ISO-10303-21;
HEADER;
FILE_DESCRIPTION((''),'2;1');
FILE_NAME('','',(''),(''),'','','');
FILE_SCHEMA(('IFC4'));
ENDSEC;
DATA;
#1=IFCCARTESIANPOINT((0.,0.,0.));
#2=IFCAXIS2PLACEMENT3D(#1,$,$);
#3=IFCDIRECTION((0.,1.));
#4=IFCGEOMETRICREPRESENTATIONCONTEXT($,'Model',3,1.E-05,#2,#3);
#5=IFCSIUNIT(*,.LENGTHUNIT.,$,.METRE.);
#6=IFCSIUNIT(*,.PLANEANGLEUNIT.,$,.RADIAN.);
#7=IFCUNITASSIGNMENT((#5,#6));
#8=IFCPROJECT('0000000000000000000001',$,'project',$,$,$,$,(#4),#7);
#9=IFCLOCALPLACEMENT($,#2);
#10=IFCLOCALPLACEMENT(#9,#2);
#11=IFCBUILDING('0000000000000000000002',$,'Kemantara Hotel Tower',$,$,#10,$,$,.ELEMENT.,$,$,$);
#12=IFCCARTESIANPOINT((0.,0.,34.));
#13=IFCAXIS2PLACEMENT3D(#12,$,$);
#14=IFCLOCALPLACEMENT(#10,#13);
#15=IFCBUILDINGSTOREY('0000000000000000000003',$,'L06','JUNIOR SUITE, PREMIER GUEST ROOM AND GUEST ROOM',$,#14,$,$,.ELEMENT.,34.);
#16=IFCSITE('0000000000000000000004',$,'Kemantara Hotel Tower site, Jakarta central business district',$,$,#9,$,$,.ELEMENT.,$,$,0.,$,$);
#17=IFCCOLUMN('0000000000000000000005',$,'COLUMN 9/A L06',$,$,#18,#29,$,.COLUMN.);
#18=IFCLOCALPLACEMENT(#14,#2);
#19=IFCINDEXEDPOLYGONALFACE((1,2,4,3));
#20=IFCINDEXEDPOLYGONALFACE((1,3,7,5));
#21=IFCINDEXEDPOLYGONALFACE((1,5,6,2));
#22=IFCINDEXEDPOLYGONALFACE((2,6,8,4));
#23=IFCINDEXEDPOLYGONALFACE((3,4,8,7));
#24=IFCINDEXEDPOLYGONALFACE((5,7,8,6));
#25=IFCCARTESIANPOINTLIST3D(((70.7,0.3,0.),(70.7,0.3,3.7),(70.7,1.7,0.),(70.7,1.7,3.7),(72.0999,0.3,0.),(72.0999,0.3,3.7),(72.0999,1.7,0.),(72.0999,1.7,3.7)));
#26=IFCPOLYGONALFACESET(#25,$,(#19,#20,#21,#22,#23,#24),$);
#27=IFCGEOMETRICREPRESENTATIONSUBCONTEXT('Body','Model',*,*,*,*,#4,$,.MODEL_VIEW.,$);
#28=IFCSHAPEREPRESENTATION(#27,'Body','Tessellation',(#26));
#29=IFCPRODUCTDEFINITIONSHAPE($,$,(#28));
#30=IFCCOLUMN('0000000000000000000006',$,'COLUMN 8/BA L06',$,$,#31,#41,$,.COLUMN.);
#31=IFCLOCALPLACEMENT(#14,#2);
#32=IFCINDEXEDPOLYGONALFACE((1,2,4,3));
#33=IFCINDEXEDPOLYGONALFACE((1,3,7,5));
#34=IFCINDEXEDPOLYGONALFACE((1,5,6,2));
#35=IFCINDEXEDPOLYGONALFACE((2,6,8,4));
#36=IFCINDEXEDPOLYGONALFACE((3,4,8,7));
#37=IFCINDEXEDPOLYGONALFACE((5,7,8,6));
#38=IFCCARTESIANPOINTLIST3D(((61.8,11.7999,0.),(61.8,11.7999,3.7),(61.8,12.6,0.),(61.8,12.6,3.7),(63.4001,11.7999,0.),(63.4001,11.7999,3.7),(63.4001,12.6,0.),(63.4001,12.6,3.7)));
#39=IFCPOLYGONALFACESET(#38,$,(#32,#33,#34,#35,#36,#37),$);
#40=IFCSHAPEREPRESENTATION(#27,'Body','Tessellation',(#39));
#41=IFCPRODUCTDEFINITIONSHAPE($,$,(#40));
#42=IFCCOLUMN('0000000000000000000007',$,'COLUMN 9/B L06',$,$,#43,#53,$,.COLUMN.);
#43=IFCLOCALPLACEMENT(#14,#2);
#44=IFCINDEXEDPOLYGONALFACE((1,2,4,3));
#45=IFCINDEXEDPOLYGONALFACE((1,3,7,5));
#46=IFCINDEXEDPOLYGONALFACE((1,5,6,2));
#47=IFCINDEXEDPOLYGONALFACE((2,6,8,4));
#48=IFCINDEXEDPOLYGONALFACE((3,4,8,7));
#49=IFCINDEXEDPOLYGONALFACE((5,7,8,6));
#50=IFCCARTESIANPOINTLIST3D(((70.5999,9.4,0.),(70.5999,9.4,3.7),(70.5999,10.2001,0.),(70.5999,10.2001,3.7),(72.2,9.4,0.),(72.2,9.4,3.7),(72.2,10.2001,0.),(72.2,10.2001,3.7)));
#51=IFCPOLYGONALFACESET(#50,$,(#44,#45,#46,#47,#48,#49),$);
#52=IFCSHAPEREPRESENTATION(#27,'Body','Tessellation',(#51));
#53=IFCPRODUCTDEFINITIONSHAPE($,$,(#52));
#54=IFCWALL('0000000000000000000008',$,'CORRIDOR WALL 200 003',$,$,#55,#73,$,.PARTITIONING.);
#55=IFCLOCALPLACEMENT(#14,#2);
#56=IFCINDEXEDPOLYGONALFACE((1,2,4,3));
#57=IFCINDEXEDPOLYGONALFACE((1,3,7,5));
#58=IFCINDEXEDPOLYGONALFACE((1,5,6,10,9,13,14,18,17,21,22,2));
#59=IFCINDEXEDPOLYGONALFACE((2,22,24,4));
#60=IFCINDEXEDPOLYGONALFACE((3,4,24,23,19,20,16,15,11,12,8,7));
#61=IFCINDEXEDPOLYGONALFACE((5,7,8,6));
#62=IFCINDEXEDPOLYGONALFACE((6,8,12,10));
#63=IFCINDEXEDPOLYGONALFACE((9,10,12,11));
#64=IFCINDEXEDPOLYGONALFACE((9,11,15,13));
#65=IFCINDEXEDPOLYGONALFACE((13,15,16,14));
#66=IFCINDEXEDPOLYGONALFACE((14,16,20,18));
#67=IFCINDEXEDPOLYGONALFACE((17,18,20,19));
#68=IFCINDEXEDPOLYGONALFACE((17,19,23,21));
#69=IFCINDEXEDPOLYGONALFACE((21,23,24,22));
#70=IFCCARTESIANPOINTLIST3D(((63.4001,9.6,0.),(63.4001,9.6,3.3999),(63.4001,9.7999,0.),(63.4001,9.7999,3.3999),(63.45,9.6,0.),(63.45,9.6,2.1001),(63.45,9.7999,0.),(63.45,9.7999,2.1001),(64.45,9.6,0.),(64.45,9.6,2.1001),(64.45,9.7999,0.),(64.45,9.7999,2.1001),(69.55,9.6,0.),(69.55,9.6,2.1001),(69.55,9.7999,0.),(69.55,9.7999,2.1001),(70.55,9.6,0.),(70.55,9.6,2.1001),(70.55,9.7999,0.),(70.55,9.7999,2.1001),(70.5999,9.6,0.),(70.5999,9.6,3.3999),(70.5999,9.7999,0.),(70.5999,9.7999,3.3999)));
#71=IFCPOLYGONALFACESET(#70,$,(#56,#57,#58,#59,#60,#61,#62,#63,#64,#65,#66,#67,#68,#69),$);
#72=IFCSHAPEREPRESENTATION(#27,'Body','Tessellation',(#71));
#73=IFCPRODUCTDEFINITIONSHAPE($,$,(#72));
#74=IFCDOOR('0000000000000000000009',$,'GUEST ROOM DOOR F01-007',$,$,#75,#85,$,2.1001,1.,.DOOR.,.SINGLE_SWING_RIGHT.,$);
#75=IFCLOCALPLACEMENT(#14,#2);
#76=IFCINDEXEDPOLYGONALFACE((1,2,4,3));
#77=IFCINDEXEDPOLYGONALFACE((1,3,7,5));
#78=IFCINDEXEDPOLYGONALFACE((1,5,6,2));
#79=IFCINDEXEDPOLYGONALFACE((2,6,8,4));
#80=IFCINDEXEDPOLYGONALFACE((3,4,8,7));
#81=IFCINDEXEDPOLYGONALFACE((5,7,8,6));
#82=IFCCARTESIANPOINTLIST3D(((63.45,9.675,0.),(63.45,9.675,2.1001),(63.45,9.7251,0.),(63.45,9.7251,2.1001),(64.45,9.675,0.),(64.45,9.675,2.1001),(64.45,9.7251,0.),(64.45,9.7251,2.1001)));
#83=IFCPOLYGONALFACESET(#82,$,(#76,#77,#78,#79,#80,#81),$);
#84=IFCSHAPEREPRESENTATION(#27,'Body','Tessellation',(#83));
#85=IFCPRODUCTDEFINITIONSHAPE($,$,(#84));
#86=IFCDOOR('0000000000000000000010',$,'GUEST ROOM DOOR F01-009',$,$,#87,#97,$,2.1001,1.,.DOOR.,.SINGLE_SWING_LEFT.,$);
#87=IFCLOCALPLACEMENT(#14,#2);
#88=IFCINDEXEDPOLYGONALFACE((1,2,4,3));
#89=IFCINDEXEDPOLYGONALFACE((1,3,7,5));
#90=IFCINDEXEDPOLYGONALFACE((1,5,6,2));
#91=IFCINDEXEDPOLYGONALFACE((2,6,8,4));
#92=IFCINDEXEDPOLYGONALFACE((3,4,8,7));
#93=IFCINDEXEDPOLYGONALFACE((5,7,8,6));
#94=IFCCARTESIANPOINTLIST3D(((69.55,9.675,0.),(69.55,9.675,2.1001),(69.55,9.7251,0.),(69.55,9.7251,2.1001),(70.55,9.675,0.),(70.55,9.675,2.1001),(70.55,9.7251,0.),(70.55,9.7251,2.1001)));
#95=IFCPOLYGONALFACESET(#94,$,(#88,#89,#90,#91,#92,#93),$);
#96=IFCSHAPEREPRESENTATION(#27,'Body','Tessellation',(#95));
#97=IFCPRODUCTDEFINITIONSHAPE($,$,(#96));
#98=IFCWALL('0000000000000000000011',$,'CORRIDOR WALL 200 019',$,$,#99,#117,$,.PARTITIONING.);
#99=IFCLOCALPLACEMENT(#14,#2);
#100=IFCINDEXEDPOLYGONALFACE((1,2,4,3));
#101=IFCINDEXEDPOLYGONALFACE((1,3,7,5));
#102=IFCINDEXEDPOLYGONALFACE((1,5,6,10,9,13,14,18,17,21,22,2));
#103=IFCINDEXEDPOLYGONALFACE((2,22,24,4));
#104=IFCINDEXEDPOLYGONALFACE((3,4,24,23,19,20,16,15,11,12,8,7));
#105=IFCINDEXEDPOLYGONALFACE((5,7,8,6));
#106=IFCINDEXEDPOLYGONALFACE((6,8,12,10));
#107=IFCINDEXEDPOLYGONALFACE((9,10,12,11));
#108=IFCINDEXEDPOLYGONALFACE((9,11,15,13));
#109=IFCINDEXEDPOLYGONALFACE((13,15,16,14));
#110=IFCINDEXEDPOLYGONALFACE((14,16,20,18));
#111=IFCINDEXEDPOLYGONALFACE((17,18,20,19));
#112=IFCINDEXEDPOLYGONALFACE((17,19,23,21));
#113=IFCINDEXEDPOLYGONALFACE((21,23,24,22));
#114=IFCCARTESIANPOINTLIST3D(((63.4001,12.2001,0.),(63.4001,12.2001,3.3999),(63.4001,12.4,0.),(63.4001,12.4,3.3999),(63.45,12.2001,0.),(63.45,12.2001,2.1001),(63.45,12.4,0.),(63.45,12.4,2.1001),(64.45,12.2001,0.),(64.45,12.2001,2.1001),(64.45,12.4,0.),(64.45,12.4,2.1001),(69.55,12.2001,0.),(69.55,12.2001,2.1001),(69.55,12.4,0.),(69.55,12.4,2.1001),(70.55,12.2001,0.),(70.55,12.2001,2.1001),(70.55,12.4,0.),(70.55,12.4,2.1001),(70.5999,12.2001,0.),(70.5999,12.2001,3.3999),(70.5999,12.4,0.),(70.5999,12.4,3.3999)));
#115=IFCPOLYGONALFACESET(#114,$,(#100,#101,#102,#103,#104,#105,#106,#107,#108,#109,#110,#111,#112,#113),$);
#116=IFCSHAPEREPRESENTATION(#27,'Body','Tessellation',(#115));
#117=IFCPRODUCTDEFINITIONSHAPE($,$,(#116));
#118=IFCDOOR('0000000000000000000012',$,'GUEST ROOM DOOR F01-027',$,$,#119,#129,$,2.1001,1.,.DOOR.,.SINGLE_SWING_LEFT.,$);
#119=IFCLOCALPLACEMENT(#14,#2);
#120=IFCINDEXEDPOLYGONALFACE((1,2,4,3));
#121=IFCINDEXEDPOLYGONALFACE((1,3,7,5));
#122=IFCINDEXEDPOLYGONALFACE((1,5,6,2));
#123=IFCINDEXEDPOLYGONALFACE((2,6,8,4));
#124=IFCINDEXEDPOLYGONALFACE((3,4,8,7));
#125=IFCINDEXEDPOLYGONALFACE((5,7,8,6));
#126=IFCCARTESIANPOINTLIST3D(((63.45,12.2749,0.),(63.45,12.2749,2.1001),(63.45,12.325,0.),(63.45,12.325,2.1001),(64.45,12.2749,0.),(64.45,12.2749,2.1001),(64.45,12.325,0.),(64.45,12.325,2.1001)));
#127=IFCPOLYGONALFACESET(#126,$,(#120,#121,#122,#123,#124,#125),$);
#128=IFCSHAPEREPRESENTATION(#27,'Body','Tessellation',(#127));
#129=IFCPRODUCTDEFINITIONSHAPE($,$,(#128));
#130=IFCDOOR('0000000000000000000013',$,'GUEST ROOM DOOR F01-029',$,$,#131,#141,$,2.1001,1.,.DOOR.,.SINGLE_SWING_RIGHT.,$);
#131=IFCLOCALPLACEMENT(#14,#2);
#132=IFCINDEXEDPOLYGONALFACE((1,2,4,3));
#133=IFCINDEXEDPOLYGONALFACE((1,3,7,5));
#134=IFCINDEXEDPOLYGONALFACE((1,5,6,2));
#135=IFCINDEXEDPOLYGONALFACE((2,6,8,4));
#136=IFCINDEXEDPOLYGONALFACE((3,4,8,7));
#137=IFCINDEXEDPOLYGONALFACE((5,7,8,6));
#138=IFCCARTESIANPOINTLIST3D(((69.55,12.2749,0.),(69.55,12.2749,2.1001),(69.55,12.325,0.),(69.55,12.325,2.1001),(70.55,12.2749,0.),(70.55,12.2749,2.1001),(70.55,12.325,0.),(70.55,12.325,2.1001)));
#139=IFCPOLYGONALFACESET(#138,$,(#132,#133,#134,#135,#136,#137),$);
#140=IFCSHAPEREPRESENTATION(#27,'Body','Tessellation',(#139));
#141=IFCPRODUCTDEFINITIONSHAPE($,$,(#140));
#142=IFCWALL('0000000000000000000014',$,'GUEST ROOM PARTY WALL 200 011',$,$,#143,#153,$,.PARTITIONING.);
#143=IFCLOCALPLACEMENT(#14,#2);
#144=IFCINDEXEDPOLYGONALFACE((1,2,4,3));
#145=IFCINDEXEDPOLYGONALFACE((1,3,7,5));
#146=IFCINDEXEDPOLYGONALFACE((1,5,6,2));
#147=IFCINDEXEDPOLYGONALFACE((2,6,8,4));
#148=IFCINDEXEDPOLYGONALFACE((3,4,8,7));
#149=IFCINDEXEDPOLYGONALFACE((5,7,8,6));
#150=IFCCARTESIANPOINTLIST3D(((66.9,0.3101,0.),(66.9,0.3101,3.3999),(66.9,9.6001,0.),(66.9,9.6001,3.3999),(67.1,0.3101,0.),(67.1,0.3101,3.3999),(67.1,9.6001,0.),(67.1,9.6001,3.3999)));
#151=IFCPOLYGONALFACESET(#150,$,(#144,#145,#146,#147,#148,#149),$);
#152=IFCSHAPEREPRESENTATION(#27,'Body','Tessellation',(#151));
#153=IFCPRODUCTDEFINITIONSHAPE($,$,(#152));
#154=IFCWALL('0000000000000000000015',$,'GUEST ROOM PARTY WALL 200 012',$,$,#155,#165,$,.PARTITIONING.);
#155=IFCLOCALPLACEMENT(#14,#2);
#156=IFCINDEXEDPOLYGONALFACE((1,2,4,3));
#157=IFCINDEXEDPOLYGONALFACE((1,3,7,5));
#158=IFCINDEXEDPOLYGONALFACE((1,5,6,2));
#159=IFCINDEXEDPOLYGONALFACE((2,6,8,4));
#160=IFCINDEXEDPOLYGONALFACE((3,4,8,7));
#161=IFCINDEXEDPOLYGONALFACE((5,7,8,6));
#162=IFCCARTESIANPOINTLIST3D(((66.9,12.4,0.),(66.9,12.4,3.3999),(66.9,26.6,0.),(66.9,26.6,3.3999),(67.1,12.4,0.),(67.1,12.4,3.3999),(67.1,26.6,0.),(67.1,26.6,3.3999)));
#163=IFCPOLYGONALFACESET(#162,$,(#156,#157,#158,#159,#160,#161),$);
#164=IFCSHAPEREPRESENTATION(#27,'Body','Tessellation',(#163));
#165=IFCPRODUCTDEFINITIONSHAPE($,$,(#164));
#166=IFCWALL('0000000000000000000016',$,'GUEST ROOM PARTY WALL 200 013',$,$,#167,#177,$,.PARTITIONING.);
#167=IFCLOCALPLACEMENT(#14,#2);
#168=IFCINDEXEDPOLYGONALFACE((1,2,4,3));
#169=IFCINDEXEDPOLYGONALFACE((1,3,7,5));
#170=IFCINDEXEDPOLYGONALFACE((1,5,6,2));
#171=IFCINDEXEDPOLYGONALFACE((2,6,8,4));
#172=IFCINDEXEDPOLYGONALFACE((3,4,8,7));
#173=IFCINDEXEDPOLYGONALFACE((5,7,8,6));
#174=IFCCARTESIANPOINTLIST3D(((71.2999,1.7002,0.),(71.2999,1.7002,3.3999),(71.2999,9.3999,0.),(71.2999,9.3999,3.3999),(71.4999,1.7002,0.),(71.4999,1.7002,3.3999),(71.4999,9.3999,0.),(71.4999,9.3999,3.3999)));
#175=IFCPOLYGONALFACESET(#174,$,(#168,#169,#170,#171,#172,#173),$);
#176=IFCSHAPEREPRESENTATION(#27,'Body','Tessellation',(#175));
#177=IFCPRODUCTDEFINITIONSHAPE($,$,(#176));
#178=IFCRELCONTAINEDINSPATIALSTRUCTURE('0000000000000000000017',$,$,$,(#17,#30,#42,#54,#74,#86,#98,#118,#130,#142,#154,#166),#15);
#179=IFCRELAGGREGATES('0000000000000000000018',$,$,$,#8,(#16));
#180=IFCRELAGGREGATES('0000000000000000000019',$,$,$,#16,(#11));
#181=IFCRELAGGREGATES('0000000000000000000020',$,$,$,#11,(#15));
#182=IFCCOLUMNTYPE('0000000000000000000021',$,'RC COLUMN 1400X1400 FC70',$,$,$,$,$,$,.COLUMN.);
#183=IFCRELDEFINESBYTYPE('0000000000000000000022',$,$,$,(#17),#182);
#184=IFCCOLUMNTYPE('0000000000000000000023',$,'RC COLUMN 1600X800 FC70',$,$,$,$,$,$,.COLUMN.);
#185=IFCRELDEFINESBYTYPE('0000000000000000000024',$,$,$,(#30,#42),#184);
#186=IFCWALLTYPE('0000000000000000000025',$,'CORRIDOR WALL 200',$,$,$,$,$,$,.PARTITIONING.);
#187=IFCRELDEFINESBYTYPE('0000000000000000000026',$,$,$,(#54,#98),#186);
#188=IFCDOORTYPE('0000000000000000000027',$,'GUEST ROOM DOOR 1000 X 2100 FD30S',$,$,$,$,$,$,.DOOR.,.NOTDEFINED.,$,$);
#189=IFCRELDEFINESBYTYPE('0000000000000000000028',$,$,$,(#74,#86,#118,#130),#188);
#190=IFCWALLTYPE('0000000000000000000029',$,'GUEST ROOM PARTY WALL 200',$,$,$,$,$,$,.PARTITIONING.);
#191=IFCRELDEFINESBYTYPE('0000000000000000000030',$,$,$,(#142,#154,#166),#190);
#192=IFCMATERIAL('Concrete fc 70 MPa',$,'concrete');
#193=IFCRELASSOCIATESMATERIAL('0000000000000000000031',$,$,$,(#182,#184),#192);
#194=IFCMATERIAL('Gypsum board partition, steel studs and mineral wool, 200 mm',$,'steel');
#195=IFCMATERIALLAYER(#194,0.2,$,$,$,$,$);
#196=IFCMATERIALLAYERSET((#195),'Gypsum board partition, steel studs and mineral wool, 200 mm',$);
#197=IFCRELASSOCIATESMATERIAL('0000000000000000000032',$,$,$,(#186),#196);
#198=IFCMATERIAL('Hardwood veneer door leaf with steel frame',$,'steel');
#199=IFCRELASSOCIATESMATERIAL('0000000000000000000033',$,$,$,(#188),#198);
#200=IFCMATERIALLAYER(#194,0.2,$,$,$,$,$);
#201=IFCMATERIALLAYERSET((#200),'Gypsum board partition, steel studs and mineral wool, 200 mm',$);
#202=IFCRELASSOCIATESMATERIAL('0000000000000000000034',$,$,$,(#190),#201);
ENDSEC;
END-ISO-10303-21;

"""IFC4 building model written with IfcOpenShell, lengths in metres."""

from ifc_helpers import new_model, si_unit, direction, frame, frame_2d, origin, origin_2d, place, context, subcontext, project, spatial, rectangle, extrude, material, layer, layer_set, material_profile, profile_set, type_object, element, fill, save


model = new_model("IFC4")

# Units and contexts
model_context = context("Model", 3, precision=1e-05, world=origin(), true_north=direction((0.0, 1.0)))
body_context = subcontext(model_context, "Body", "Model", "MODEL_VIEW")
ifc_project = project(units=[si_unit("LENGTHUNIT", "METRE"), si_unit("PLANEANGLEUNIT", "RADIAN")], contexts=[model_context])

# Site, building, storey
site_placement = place(None, origin())
site = spatial("IfcSite", under=ifc_project, at=site_placement, Name="Kemantara Hotel Tower site, Jakarta central business district", CompositionType="ELEMENT", RefElevation=0.0)
building_placement = place(site_placement, origin())
building = spatial("IfcBuilding", under=site, at=building_placement, Name="Kemantara Hotel Tower", CompositionType="ELEMENT")
storey_placement = place(building_placement, frame((0.0, 0.0, 34.0)))
storey = spatial("IfcBuildingStorey", under=building, at=storey_placement, Name="L06", Description="JUNIOR SUITE, PREMIER GUEST ROOM AND GUEST ROOM", CompositionType="ELEMENT", Elevation=34.0)

# Columns
ifc_material_1 = material(Name="Concrete fc 70 MPa", Category="concrete")
ifc_material_profile_1 = material_profile(ifc_material_1, rectangle(XDim=1.3999, YDim=1.3999, at=origin_2d()), Name="RC 1400X1400")
ifc_profile_set_1 = profile_set([ifc_material_profile_1], Name="Concrete fc 70 MPa")
column_type_1 = type_object("IfcColumnType", Name="RC COLUMN 1400X1400 FC70", PredefinedType="COLUMN", material=ifc_profile_set_1)
column_placement = place(storey_placement, frame((71.3999, 1.0, 0.0), z_axis=(0.0, 0.0, 1.0), x_axis=(1.0, 0.0, 0.0)))
element("IfcColumn", 1, at=column_placement, inside=storey, type_object=column_type_1, Name="COLUMN 9/A L06", PredefinedType="COLUMN", context=body_context, shape_type="SweptSolid", body=[
    extrude(rectangle(XDim=1.3999, YDim=1.3999, at=origin_2d()), origin(), (0.0, 0.0, 1.0), 3.7),
])
ifc_material_profile_2 = material_profile(ifc_material_1, rectangle(XDim=1.6001, YDim=0.8, at=origin_2d()), Name="RC 1600X800")
ifc_profile_set_2 = profile_set([ifc_material_profile_2], Name="Concrete fc 70 MPa")
column_type_2 = type_object("IfcColumnType", Name="RC COLUMN 1600X800 FC70", PredefinedType="COLUMN", material=ifc_profile_set_2)
for number, where, z_axis, x_axis, name in (
    (2, (62.6001, 12.2, 0.0), (0.0, 0.0, 1.0), (1.0, 0.0, 0.0), "COLUMN 8/BA L06"),
    (3, (71.3999, 9.8, 0.0), (0.0, 0.0, 1.0), (1.0, 0.0, 0.0), "COLUMN 9/B L06"),
):
    element("IfcColumn", number, at=place(storey_placement, frame(where, z_axis=z_axis, x_axis=x_axis)), inside=storey, type_object=column_type_2, Name=name, PredefinedType="COLUMN", context=body_context, shape_type="SweptSolid", body=[
        extrude(rectangle(XDim=1.6001, YDim=0.8, at=origin_2d()), origin(), (0.0, 0.0, 1.0), 3.7),
    ])

# Walls, openings, doors
ifc_material_2 = material(Name="Gypsum board partition, steel studs and mineral wool, 200 mm", Category="steel")
ifc_layer_1 = layer(ifc_material_2, 0.2)
ifc_layer_set_1 = layer_set([ifc_layer_1], Name="Gypsum board partition, steel studs and mineral wool, 200 mm")
wall_type_1 = type_object("IfcWallType", Name="CORRIDOR WALL 200", PredefinedType="PARTITIONING", material=ifc_layer_set_1)
wall_1_placement = place(storey_placement, frame((70.5999, 9.7, 0.0), z_axis=(0.0, 0.0, 1.0), x_axis=(-1.0, 0.0, 0.0)))
wall_1 = element("IfcWall", 4, at=wall_1_placement, inside=storey, type_object=wall_type_1, Name="CORRIDOR WALL 200 003", PredefinedType="PARTITIONING", context=body_context, shape_type="SweptSolid", body=[
    extrude(rectangle(XDim=7.1997, YDim=0.2, at=frame_2d((3.5999, 0.0))), origin(), (0.0, 0.0, 1.0), 3.3999),
])
opening_1_placement = place(wall_1_placement, frame((6.1499, 0.0, 0.0)))
opening_1 = element("IfcOpeningElement", 5, at=opening_1_placement, cuts=wall_1, PredefinedType="OPENING", context=body_context, shape_type="SweptSolid", body=[
    extrude(rectangle(XDim=1.0, YDim=2.1001, at=frame_2d((0.5, 1.05))), frame((0.0, 0.1099, 0.0), z_axis=(0.0, -1.0, 0.0), x_axis=(1.0, 0.0, 0.0)), (0.0, 0.0, 1.0), 0.22),
])
opening_2_placement = place(wall_1_placement, frame((0.0498, 0.0, 0.0)))
opening_2 = element("IfcOpeningElement", 6, at=opening_2_placement, cuts=wall_1, PredefinedType="OPENING", context=body_context, shape_type="SweptSolid", body=[
    extrude(rectangle(XDim=1.0, YDim=2.1001, at=frame_2d((0.5, 1.05))), frame((0.0, 0.1099, 0.0), z_axis=(0.0, -1.0, 0.0), x_axis=(1.0, 0.0, 0.0)), (0.0, 0.0, 1.0), 0.22),
])
ifc_material_3 = material(Name="Hardwood veneer door leaf with steel frame", Category="steel")
door_type_1 = type_object("IfcDoorType", Name="GUEST ROOM DOOR 1000 X 2100 FD30S", OperationType="NOTDEFINED", PredefinedType="DOOR", material=ifc_material_3)
door_1_placement = place(opening_1_placement, origin())
door_1 = element("IfcDoor", 7, at=door_1_placement, inside=storey, type_object=door_type_1, Name="GUEST ROOM DOOR F01-007", OperationType="SINGLE_SWING_RIGHT", OverallHeight=2.1001, OverallWidth=1.0, PredefinedType="DOOR", context=body_context, shape_type="SweptSolid", body=[
    extrude(rectangle(XDim=1.0, YDim=2.1001, at=frame_2d((0.5, 1.05))), frame((0.0, 0.0249, 0.0), z_axis=(0.0, -1.0, 0.0), x_axis=(1.0, 0.0, 0.0)), (0.0, 0.0, 1.0), 0.05),
])
fill(opening_1, door_1)
door_2_placement = place(opening_2_placement, origin())
door_2 = element("IfcDoor", 8, at=door_2_placement, inside=storey, type_object=door_type_1, Name="GUEST ROOM DOOR F01-009", OperationType="SINGLE_SWING_LEFT", OverallHeight=2.1001, OverallWidth=1.0, PredefinedType="DOOR", context=body_context, shape_type="SweptSolid", body=[
    extrude(rectangle(XDim=1.0, YDim=2.1001, at=frame_2d((0.5, 1.05))), frame((0.0, 0.0249, 0.0), z_axis=(0.0, -1.0, 0.0), x_axis=(1.0, 0.0, 0.0)), (0.0, 0.0, 1.0), 0.05),
])
fill(opening_2, door_2)
wall_2_placement = place(storey_placement, frame((63.4001, 12.3, 0.0), z_axis=(0.0, 0.0, 1.0), x_axis=(1.0, 0.0, 0.0)))
wall_2 = element("IfcWall", 9, at=wall_2_placement, inside=storey, type_object=wall_type_1, Name="CORRIDOR WALL 200 019", PredefinedType="PARTITIONING", context=body_context, shape_type="SweptSolid", body=[
    extrude(rectangle(XDim=7.1997, YDim=0.2, at=frame_2d((3.5999, 0.0))), origin(), (0.0, 0.0, 1.0), 3.3999),
])
opening_3_placement = place(wall_2_placement, frame((0.0498, 0.0, 0.0)))
opening_3 = element("IfcOpeningElement", 10, at=opening_3_placement, cuts=wall_2, PredefinedType="OPENING", context=body_context, shape_type="SweptSolid", body=[
    extrude(rectangle(XDim=1.0, YDim=2.1001, at=frame_2d((0.5, 1.05))), frame((0.0, 0.1099, 0.0), z_axis=(0.0, -1.0, 0.0), x_axis=(1.0, 0.0, 0.0)), (0.0, 0.0, 1.0), 0.22),
])
opening_4_placement = place(wall_2_placement, frame((6.1499, 0.0, 0.0)))
opening_4 = element("IfcOpeningElement", 11, at=opening_4_placement, cuts=wall_2, PredefinedType="OPENING", context=body_context, shape_type="SweptSolid", body=[
    extrude(rectangle(XDim=1.0, YDim=2.1001, at=frame_2d((0.5, 1.05))), frame((0.0, 0.1099, 0.0), z_axis=(0.0, -1.0, 0.0), x_axis=(1.0, 0.0, 0.0)), (0.0, 0.0, 1.0), 0.22),
])
door_3_placement = place(opening_3_placement, origin())
door_3 = element("IfcDoor", 12, at=door_3_placement, inside=storey, type_object=door_type_1, Name="GUEST ROOM DOOR F01-027", OperationType="SINGLE_SWING_LEFT", OverallHeight=2.1001, OverallWidth=1.0, PredefinedType="DOOR", context=body_context, shape_type="SweptSolid", body=[
    extrude(rectangle(XDim=1.0, YDim=2.1001, at=frame_2d((0.5, 1.05))), frame((0.0, 0.0249, 0.0), z_axis=(0.0, -1.0, 0.0), x_axis=(1.0, 0.0, 0.0)), (0.0, 0.0, 1.0), 0.05),
])
fill(opening_3, door_3)
door_4_placement = place(opening_4_placement, origin())
door_4 = element("IfcDoor", 13, at=door_4_placement, inside=storey, type_object=door_type_1, Name="GUEST ROOM DOOR F01-029", OperationType="SINGLE_SWING_RIGHT", OverallHeight=2.1001, OverallWidth=1.0, PredefinedType="DOOR", context=body_context, shape_type="SweptSolid", body=[
    extrude(rectangle(XDim=1.0, YDim=2.1001, at=frame_2d((0.5, 1.05))), frame((0.0, 0.0249, 0.0), z_axis=(0.0, -1.0, 0.0), x_axis=(1.0, 0.0, 0.0)), (0.0, 0.0, 1.0), 0.05),
])
fill(opening_4, door_4)

# Walls
ifc_layer_2 = layer(ifc_material_2, 0.2)
ifc_layer_set_2 = layer_set([ifc_layer_2], Name="Gypsum board partition, steel studs and mineral wool, 200 mm")
wall_type_2 = type_object("IfcWallType", Name="GUEST ROOM PARTY WALL 200", PredefinedType="PARTITIONING", material=ifc_layer_set_2)
wall_3_placement = place(storey_placement, frame((67.0, 0.3101, 0.0), z_axis=(0.0, 0.0, 1.0), x_axis=(0.0, 1.0, 0.0)))
element("IfcWall", 14, at=wall_3_placement, inside=storey, type_object=wall_type_2, Name="GUEST ROOM PARTY WALL 200 011", PredefinedType="PARTITIONING", context=body_context, shape_type="SweptSolid", body=[
    extrude(rectangle(XDim=9.29, YDim=0.2, at=frame_2d((4.645, 0.0))), origin(), (0.0, 0.0, 1.0), 3.3999),
])
wall_4_placement = place(storey_placement, frame((67.0, 12.3999, 0.0), z_axis=(0.0, 0.0, 1.0), x_axis=(0.0, 1.0, 0.0)))
element("IfcWall", 15, at=wall_4_placement, inside=storey, type_object=wall_type_2, Name="GUEST ROOM PARTY WALL 200 012", PredefinedType="PARTITIONING", context=body_context, shape_type="SweptSolid", body=[
    extrude(rectangle(XDim=14.2, YDim=0.2, at=frame_2d((7.1001, 0.0))), origin(), (0.0, 0.0, 1.0), 3.3999),
])
wall_5_placement = place(storey_placement, frame((71.3999, 1.7002, 0.0), z_axis=(0.0, 0.0, 1.0), x_axis=(0.0, 1.0, 0.0)))
element("IfcWall", 16, at=wall_5_placement, inside=storey, type_object=wall_type_2, Name="GUEST ROOM PARTY WALL 200 013", PredefinedType="PARTITIONING", context=body_context, shape_type="SweptSolid", body=[
    extrude(rectangle(XDim=7.6997, YDim=0.2, at=frame_2d((3.8499, 0.0))), origin(), (0.0, 0.0, 1.0), 3.3999),
])

save(model, "model.ifc")
